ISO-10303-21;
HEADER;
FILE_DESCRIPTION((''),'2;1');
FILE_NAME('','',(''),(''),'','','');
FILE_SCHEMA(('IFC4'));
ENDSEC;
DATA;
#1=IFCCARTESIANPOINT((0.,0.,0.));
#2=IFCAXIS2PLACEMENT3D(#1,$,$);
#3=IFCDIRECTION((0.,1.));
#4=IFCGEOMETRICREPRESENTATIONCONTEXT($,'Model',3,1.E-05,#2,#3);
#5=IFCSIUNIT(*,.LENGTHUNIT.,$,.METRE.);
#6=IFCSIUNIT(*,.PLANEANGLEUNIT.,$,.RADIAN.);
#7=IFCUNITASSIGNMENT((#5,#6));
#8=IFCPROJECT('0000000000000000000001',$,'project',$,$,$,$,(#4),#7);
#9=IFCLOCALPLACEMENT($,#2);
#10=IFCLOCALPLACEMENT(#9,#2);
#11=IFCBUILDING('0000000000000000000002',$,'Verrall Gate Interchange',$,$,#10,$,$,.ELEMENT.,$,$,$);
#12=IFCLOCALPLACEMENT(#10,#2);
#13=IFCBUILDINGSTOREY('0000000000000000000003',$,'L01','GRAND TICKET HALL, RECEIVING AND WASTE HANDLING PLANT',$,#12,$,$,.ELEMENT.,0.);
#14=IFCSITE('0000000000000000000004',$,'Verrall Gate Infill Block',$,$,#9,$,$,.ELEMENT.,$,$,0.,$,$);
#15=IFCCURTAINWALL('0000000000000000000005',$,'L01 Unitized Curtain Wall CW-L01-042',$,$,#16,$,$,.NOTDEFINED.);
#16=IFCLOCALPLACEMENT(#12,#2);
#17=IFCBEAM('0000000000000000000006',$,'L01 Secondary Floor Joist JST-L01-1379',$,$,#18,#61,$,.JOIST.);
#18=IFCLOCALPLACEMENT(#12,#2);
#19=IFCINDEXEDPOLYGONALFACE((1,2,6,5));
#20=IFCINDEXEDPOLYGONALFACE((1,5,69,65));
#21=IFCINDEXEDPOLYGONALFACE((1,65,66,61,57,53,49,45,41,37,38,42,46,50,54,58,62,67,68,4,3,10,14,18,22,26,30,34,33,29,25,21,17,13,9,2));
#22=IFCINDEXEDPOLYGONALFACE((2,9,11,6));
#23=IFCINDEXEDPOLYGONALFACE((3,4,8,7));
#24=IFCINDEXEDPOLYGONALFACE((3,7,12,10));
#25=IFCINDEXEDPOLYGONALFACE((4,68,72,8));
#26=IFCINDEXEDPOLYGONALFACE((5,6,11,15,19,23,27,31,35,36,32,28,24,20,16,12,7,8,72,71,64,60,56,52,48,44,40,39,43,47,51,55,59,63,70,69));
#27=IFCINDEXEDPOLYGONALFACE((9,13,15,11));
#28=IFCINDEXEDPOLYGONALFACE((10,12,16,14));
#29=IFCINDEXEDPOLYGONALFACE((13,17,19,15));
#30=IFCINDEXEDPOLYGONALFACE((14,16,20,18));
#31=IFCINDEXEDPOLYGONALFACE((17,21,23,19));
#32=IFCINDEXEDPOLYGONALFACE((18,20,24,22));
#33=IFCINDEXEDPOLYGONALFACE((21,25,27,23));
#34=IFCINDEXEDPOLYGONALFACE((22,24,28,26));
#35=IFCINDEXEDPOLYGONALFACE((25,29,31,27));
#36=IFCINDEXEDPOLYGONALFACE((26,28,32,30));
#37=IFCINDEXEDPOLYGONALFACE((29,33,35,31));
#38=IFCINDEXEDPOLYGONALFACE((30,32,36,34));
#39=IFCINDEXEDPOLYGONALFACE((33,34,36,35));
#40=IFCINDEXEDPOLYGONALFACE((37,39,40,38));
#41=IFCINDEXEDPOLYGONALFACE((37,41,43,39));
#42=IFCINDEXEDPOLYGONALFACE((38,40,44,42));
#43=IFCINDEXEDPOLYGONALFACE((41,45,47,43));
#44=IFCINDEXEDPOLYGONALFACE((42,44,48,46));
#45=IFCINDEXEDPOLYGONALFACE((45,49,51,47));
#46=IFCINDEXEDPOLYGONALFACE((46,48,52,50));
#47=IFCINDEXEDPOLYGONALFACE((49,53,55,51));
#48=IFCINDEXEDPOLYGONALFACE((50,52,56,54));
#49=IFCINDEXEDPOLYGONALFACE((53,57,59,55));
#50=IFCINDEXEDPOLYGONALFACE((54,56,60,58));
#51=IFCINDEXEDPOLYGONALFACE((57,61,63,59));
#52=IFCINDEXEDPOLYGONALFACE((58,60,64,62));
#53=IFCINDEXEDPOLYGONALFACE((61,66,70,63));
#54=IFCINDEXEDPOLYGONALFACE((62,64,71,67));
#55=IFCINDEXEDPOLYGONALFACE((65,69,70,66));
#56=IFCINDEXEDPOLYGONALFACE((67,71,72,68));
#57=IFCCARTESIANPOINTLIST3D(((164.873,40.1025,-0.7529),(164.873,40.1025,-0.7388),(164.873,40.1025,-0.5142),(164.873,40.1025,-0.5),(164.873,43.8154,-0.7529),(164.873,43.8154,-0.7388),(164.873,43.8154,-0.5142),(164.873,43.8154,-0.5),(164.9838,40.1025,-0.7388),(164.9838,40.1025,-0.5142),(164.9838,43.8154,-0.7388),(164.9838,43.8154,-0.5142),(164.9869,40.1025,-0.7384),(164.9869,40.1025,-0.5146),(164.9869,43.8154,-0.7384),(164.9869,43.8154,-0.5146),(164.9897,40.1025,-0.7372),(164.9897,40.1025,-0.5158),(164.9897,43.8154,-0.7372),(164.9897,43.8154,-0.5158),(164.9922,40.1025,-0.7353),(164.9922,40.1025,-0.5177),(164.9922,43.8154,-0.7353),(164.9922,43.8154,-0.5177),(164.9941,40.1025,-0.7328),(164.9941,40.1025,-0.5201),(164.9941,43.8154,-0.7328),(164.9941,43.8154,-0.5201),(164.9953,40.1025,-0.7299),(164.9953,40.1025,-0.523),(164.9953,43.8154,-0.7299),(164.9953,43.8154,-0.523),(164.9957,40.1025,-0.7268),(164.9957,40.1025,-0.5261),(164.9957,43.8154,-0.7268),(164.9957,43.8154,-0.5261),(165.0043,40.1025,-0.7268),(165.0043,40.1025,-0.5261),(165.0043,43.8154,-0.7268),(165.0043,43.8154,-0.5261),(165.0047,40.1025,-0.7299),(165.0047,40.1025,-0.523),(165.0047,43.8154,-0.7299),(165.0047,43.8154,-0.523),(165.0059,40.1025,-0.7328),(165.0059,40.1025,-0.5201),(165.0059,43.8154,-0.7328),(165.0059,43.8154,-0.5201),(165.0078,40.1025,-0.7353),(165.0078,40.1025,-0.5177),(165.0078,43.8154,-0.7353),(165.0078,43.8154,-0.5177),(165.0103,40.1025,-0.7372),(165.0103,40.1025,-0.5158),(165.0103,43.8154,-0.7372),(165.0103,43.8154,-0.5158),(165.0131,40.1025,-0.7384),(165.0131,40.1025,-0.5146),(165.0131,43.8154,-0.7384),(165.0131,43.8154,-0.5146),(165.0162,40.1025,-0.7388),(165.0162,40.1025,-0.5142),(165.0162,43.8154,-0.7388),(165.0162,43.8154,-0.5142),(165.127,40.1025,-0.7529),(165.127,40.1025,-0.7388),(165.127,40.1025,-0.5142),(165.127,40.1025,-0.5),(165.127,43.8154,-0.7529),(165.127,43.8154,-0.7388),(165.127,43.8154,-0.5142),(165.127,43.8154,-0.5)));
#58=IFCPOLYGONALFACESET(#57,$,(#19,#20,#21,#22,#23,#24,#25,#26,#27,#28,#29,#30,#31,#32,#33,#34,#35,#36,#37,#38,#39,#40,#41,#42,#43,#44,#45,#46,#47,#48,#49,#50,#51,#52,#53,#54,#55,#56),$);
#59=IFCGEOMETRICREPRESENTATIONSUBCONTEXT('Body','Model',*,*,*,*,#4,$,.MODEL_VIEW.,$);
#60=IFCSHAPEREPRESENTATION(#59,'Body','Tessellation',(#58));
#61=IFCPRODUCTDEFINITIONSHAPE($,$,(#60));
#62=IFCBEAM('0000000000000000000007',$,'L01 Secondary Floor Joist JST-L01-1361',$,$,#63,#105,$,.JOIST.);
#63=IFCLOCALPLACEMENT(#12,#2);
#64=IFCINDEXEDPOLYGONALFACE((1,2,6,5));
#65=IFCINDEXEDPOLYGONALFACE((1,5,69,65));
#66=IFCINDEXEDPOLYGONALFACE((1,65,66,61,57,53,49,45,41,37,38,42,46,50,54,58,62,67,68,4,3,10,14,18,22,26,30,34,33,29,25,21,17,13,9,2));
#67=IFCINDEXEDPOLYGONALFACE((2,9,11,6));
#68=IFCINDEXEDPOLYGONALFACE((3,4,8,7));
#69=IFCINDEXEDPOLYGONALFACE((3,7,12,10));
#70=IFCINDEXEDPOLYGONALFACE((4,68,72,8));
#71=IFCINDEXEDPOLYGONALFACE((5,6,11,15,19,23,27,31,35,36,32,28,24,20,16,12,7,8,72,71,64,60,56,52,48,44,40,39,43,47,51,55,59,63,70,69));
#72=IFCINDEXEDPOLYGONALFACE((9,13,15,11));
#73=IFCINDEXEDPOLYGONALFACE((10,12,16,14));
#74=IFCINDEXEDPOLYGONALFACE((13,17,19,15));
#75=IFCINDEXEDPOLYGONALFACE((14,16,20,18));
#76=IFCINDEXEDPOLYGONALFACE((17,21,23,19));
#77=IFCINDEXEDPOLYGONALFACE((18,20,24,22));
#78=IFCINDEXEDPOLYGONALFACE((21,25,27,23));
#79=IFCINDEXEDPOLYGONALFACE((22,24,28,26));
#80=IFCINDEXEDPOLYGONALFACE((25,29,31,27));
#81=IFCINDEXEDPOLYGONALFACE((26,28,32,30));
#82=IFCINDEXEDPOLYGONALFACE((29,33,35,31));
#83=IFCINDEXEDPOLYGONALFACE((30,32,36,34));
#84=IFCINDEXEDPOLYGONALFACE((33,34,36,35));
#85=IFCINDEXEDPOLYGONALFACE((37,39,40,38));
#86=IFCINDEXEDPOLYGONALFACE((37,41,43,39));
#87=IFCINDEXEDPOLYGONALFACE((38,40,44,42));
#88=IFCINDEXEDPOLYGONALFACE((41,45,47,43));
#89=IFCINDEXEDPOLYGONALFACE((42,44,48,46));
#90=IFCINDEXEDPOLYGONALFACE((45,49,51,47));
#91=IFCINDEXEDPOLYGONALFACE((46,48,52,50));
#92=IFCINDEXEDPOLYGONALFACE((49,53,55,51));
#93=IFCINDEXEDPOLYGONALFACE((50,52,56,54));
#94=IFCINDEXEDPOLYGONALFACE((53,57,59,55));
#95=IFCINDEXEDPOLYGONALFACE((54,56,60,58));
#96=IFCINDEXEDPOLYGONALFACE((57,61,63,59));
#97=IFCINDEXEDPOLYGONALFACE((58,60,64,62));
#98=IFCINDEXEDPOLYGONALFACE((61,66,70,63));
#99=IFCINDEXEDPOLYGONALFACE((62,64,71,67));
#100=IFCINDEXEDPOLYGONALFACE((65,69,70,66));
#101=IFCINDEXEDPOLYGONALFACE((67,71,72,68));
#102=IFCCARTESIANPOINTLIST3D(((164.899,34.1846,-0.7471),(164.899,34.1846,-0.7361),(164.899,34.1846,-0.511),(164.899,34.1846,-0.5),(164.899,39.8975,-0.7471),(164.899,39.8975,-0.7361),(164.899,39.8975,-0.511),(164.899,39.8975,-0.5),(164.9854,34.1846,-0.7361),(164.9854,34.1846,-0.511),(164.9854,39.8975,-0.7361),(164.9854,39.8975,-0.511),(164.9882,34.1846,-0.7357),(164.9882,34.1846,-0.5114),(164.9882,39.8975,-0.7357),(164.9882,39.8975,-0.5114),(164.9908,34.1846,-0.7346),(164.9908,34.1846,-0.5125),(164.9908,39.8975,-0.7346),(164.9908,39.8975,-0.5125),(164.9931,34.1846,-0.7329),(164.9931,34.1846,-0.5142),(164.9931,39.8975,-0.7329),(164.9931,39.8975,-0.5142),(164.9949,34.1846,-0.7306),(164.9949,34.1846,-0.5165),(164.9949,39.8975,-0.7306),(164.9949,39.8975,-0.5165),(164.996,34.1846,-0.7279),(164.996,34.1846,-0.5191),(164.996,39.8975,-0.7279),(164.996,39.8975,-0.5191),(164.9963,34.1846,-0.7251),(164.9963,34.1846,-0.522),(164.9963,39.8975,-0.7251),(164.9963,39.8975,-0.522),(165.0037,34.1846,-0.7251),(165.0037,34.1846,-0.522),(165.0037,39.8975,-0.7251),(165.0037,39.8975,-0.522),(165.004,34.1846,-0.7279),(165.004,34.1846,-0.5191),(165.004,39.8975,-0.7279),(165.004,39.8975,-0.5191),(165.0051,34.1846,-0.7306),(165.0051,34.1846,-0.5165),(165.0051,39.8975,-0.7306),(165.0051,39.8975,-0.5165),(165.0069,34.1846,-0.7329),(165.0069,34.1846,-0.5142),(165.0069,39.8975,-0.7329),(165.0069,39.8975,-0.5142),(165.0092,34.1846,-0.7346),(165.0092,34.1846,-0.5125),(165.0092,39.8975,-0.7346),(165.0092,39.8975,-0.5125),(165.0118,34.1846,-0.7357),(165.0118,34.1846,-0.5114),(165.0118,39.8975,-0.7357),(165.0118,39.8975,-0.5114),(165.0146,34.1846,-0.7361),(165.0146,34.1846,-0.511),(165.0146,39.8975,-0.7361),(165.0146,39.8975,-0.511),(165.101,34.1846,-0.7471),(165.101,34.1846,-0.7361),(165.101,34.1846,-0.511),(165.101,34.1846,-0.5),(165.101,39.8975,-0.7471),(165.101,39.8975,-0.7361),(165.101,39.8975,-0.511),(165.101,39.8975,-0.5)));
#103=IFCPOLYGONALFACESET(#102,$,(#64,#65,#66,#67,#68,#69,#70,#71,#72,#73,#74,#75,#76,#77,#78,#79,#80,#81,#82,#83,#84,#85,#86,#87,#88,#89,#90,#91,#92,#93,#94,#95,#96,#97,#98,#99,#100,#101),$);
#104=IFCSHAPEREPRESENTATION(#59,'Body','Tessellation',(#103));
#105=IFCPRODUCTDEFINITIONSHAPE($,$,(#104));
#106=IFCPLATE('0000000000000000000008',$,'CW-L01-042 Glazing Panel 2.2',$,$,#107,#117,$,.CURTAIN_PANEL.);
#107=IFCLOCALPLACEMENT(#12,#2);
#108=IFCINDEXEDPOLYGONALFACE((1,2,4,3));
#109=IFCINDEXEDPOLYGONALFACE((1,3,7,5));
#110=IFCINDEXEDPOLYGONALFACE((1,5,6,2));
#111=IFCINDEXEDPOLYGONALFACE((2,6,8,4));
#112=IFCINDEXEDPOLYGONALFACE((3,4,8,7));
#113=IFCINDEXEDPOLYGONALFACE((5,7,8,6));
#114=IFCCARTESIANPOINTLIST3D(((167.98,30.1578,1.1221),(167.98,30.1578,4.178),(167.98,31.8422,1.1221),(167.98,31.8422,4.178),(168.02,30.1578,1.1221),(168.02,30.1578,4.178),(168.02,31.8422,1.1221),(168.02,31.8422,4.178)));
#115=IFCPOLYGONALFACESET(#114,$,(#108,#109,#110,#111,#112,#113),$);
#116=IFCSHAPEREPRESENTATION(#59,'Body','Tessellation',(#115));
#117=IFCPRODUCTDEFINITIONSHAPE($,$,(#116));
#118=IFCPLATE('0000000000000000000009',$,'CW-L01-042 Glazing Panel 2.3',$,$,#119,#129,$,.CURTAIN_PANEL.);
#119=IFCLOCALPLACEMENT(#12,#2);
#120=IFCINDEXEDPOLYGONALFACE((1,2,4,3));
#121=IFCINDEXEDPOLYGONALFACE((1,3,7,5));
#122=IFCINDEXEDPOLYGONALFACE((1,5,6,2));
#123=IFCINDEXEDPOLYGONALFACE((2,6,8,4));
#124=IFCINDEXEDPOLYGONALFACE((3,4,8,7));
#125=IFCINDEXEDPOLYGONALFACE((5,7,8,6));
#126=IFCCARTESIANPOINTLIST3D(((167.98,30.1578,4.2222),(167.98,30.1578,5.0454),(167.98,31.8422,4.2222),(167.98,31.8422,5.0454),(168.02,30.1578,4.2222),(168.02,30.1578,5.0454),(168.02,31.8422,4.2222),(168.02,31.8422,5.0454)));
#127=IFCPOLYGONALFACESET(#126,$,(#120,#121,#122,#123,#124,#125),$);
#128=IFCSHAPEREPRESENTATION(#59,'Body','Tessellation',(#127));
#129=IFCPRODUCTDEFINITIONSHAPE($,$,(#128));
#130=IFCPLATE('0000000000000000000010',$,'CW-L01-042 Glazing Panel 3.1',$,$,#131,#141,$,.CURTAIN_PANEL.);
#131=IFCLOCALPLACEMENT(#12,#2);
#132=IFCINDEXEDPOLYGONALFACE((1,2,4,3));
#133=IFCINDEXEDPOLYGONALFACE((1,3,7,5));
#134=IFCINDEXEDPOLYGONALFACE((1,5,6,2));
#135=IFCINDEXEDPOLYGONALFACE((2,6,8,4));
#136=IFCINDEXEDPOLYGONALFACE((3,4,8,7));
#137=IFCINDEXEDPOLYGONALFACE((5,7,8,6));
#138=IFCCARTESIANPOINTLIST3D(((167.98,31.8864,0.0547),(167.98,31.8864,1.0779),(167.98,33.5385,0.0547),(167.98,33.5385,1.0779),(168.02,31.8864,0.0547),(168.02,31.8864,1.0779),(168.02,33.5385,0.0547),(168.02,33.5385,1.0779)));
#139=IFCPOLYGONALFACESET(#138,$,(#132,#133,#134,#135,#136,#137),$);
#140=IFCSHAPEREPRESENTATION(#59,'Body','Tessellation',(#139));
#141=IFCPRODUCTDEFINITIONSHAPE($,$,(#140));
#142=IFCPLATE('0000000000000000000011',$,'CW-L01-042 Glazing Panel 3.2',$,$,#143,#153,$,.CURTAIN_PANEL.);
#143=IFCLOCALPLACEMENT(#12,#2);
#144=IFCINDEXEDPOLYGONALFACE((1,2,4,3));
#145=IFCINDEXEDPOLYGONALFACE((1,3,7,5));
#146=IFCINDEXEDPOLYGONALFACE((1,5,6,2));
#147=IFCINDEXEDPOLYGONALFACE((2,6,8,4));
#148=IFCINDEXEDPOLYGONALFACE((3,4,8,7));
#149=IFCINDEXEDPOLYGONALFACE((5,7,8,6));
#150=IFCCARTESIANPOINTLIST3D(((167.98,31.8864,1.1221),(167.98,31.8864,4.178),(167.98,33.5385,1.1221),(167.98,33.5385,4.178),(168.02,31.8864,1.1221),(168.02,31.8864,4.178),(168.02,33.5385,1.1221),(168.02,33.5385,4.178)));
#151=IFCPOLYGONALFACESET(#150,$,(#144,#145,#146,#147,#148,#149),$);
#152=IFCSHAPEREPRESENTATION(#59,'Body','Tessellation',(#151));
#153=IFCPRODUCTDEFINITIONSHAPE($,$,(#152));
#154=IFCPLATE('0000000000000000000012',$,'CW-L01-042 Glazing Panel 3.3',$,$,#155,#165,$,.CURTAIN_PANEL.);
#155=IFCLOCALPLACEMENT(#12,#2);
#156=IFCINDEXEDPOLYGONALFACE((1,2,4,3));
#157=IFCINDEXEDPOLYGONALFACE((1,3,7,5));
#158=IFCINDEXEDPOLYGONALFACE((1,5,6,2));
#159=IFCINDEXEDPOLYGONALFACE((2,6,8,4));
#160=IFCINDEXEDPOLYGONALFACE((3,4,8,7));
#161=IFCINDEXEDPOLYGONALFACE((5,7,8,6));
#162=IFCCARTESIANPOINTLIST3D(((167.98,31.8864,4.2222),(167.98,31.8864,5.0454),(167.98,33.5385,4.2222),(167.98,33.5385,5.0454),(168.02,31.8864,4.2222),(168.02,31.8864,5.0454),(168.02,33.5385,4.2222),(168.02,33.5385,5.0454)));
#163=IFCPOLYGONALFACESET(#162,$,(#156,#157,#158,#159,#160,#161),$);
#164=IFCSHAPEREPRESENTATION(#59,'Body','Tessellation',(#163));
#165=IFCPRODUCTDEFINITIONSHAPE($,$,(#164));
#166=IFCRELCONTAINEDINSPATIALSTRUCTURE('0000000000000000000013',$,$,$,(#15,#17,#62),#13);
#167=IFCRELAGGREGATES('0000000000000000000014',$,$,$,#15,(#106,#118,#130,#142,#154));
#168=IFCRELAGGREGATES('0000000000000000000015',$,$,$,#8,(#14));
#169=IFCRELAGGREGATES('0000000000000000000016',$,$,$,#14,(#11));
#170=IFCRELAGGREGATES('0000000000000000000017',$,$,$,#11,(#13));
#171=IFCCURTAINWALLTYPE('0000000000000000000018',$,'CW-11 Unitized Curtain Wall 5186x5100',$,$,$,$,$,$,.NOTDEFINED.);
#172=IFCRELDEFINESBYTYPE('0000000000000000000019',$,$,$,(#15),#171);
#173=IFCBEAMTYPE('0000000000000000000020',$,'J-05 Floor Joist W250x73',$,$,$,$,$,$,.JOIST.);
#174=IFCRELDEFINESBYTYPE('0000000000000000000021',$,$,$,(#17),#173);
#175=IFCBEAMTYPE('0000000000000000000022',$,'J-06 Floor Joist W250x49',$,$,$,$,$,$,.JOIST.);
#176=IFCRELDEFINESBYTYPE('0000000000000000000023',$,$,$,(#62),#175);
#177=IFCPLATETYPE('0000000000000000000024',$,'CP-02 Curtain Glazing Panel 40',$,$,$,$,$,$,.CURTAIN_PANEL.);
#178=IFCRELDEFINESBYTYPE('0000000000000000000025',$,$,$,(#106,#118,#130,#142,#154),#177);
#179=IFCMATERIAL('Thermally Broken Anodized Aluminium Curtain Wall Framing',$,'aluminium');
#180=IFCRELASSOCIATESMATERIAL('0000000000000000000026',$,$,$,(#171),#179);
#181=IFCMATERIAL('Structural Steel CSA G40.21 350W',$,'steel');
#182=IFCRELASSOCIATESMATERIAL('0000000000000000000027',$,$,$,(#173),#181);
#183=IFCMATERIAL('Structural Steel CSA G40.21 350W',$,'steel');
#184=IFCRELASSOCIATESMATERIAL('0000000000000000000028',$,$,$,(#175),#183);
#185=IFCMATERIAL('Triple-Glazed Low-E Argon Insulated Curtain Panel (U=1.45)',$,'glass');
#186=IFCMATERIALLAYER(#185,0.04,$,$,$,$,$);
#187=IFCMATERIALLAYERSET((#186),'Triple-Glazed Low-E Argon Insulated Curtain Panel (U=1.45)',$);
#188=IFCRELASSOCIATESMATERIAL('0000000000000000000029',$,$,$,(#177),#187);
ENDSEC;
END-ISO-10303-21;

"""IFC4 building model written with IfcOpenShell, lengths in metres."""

from ifc_helpers import new_model, si_unit, direction, frame, origin, origin_2d, place, context, subcontext, project, spatial, rectangle, i_section, extrude, material, layer, layer_set, material_profile, profile_set, type_object, element, aggregate, save


model = new_model("IFC4")

# Units and contexts
model_context = context("Model", 3, precision=1e-05, world=origin(), true_north=direction((0.0, 1.0)))
body_context = subcontext(model_context, "Body", "Model", "MODEL_VIEW")
ifc_project = project(units=[si_unit("LENGTHUNIT", "METRE"), si_unit("PLANEANGLEUNIT", "RADIAN")], contexts=[model_context])

# Site, building, storey
site_placement = place(None, origin())
site = spatial("IfcSite", under=ifc_project, at=site_placement, Name="Verrall Gate Infill Block", CompositionType="ELEMENT", RefElevation=0.0)
building_placement = place(site_placement, origin())
building = spatial("IfcBuilding", under=site, at=building_placement, Name="Verrall Gate Interchange", CompositionType="ELEMENT")
storey_placement = place(building_placement, origin())
storey = spatial("IfcBuildingStorey", under=building, at=storey_placement, Name="L01", Description="GRAND TICKET HALL, RECEIVING AND WASTE HANDLING PLANT", CompositionType="ELEMENT", Elevation=0.0)

# Curtain wall
ifc_material_1 = material(Name="Thermally Broken Anodized Aluminium Curtain Wall Framing", Category="aluminium")
curtain_wall_type = type_object("IfcCurtainWallType", Name="CW-11 Unitized Curtain Wall 5186x5100", PredefinedType="NOTDEFINED", material=ifc_material_1)
curtain_wall_placement = place(storey_placement, origin())
curtain_wall = element("IfcCurtainWall", 1, at=curtain_wall_placement, inside=storey, type_object=curtain_wall_type, Name="L01 Unitized Curtain Wall CW-L01-042", PredefinedType="NOTDEFINED")

# Beams
ifc_material_2 = material(Name="Structural Steel CSA G40.21 350W", Category="steel")
ifc_material_profile_1 = material_profile(ifc_material_2, i_section(OverallWidth=0.2539, OverallDepth=0.2529, WebThickness=0.0085, FlangeThickness=0.0142, FilletRadius=0.012, at=origin_2d()), Name="W250x73")
ifc_profile_set_1 = profile_set([ifc_material_profile_1], Name="Structural Steel CSA G40.21 350W")
beam_type_1 = type_object("IfcBeamType", Name="J-05 Floor Joist W250x73", PredefinedType="JOIST", material=ifc_profile_set_1)
beam_1_placement = place(storey_placement, frame((165.0, 40.1025, -0.6265), z_axis=(0.0, 1.0, 0.0), x_axis=(-1.0, 0.0, 0.0)))
element("IfcBeam", 2, at=beam_1_placement, inside=storey, type_object=beam_type_1, Name="L01 Secondary Floor Joist JST-L01-1379", PredefinedType="JOIST", context=body_context, shape_type="SweptSolid", body=[
    extrude(i_section(OverallWidth=0.2539, OverallDepth=0.2529, WebThickness=0.0085, FlangeThickness=0.0142, FilletRadius=0.012, at=origin_2d()), origin(), (0.0, 0.0, 1.0), 3.7129),
])
ifc_material_3 = material(Name="Structural Steel CSA G40.21 350W", Category="steel")
ifc_material_profile_2 = material_profile(ifc_material_3, i_section(OverallWidth=0.2019, OverallDepth=0.2471, WebThickness=0.0073, FlangeThickness=0.011, FilletRadius=0.011, at=origin_2d()), Name="W250x49")
ifc_profile_set_2 = profile_set([ifc_material_profile_2], Name="Structural Steel CSA G40.21 350W")
beam_type_2 = type_object("IfcBeamType", Name="J-06 Floor Joist W250x49", PredefinedType="JOIST", material=ifc_profile_set_2)
beam_2_placement = place(storey_placement, frame((165.0, 34.1846, -0.6235), z_axis=(0.0, 1.0, 0.0), x_axis=(-1.0, 0.0, 0.0)))
element("IfcBeam", 3, at=beam_2_placement, inside=storey, type_object=beam_type_2, Name="L01 Secondary Floor Joist JST-L01-1361", PredefinedType="JOIST", context=body_context, shape_type="SweptSolid", body=[
    extrude(i_section(OverallWidth=0.2019, OverallDepth=0.2471, WebThickness=0.0073, FlangeThickness=0.011, FilletRadius=0.011, at=origin_2d()), origin(), (0.0, 0.0, 1.0), 5.7129),
])

# Plates
ifc_material_4 = material(Name="Triple-Glazed Low-E Argon Insulated Curtain Panel (U=1.45)", Category="glass")
ifc_layer_1 = layer(ifc_material_4, 0.04)
ifc_layer_set_1 = layer_set([ifc_layer_1], Name="Triple-Glazed Low-E Argon Insulated Curtain Panel (U=1.45)")
plate_type = type_object("IfcPlateType", Name="CP-02 Curtain Glazing Panel 40", PredefinedType="CURTAIN_PANEL", material=ifc_layer_set_1)
plate_1_placement = place(storey_placement, frame((168.0, 31.0, 1.1221), z_axis=(0.0, 0.0, 1.0), x_axis=(0.0, 1.0, 0.0)))
plate_1 = element("IfcPlate", 4, at=plate_1_placement, type_object=plate_type, Name="CW-L01-042 Glazing Panel 2.2", PredefinedType="CURTAIN_PANEL", context=body_context, shape_type="SweptSolid", body=[
    extrude(rectangle(XDim=1.6843, YDim=0.04, at=origin_2d()), origin(), (0.0, 0.0, 1.0), 3.0559),
])
plate_2_placement = place(storey_placement, frame((168.0, 31.0, 4.2222), z_axis=(0.0, 0.0, 1.0), x_axis=(0.0, 1.0, 0.0)))
plate_2 = element("IfcPlate", 5, at=plate_2_placement, type_object=plate_type, Name="CW-L01-042 Glazing Panel 2.3", PredefinedType="CURTAIN_PANEL", context=body_context, shape_type="SweptSolid", body=[
    extrude(rectangle(XDim=1.6843, YDim=0.04, at=origin_2d()), origin(), (0.0, 0.0, 1.0), 0.8232),
])
plate_3_placement = place(storey_placement, frame((168.0, 32.7124, 0.0547), z_axis=(0.0, 0.0, 1.0), x_axis=(0.0, 1.0, 0.0)))
plate_3 = element("IfcPlate", 6, at=plate_3_placement, type_object=plate_type, Name="CW-L01-042 Glazing Panel 3.1", PredefinedType="CURTAIN_PANEL", context=body_context, shape_type="SweptSolid", body=[
    extrude(rectangle(XDim=1.6521, YDim=0.04, at=origin_2d()), origin(), (0.0, 0.0, 1.0), 1.0232),
])
plate_4_placement = place(storey_placement, frame((168.0, 32.7124, 1.1221), z_axis=(0.0, 0.0, 1.0), x_axis=(0.0, 1.0, 0.0)))
plate_4 = element("IfcPlate", 7, at=plate_4_placement, type_object=plate_type, Name="CW-L01-042 Glazing Panel 3.2", PredefinedType="CURTAIN_PANEL", context=body_context, shape_type="SweptSolid", body=[
    extrude(rectangle(XDim=1.6521, YDim=0.04, at=origin_2d()), origin(), (0.0, 0.0, 1.0), 3.0559),
])
plate_5_placement = place(storey_placement, frame((168.0, 32.7124, 4.2222), z_axis=(0.0, 0.0, 1.0), x_axis=(0.0, 1.0, 0.0)))
plate_5 = element("IfcPlate", 8, at=plate_5_placement, type_object=plate_type, Name="CW-L01-042 Glazing Panel 3.3", PredefinedType="CURTAIN_PANEL", context=body_context, shape_type="SweptSolid", body=[
    extrude(rectangle(XDim=1.6521, YDim=0.04, at=origin_2d()), origin(), (0.0, 0.0, 1.0), 0.8232),
])
aggregate(curtain_wall, [plate_1, plate_2, plate_3, plate_4, plate_5])

save(model, "model.ifc")
